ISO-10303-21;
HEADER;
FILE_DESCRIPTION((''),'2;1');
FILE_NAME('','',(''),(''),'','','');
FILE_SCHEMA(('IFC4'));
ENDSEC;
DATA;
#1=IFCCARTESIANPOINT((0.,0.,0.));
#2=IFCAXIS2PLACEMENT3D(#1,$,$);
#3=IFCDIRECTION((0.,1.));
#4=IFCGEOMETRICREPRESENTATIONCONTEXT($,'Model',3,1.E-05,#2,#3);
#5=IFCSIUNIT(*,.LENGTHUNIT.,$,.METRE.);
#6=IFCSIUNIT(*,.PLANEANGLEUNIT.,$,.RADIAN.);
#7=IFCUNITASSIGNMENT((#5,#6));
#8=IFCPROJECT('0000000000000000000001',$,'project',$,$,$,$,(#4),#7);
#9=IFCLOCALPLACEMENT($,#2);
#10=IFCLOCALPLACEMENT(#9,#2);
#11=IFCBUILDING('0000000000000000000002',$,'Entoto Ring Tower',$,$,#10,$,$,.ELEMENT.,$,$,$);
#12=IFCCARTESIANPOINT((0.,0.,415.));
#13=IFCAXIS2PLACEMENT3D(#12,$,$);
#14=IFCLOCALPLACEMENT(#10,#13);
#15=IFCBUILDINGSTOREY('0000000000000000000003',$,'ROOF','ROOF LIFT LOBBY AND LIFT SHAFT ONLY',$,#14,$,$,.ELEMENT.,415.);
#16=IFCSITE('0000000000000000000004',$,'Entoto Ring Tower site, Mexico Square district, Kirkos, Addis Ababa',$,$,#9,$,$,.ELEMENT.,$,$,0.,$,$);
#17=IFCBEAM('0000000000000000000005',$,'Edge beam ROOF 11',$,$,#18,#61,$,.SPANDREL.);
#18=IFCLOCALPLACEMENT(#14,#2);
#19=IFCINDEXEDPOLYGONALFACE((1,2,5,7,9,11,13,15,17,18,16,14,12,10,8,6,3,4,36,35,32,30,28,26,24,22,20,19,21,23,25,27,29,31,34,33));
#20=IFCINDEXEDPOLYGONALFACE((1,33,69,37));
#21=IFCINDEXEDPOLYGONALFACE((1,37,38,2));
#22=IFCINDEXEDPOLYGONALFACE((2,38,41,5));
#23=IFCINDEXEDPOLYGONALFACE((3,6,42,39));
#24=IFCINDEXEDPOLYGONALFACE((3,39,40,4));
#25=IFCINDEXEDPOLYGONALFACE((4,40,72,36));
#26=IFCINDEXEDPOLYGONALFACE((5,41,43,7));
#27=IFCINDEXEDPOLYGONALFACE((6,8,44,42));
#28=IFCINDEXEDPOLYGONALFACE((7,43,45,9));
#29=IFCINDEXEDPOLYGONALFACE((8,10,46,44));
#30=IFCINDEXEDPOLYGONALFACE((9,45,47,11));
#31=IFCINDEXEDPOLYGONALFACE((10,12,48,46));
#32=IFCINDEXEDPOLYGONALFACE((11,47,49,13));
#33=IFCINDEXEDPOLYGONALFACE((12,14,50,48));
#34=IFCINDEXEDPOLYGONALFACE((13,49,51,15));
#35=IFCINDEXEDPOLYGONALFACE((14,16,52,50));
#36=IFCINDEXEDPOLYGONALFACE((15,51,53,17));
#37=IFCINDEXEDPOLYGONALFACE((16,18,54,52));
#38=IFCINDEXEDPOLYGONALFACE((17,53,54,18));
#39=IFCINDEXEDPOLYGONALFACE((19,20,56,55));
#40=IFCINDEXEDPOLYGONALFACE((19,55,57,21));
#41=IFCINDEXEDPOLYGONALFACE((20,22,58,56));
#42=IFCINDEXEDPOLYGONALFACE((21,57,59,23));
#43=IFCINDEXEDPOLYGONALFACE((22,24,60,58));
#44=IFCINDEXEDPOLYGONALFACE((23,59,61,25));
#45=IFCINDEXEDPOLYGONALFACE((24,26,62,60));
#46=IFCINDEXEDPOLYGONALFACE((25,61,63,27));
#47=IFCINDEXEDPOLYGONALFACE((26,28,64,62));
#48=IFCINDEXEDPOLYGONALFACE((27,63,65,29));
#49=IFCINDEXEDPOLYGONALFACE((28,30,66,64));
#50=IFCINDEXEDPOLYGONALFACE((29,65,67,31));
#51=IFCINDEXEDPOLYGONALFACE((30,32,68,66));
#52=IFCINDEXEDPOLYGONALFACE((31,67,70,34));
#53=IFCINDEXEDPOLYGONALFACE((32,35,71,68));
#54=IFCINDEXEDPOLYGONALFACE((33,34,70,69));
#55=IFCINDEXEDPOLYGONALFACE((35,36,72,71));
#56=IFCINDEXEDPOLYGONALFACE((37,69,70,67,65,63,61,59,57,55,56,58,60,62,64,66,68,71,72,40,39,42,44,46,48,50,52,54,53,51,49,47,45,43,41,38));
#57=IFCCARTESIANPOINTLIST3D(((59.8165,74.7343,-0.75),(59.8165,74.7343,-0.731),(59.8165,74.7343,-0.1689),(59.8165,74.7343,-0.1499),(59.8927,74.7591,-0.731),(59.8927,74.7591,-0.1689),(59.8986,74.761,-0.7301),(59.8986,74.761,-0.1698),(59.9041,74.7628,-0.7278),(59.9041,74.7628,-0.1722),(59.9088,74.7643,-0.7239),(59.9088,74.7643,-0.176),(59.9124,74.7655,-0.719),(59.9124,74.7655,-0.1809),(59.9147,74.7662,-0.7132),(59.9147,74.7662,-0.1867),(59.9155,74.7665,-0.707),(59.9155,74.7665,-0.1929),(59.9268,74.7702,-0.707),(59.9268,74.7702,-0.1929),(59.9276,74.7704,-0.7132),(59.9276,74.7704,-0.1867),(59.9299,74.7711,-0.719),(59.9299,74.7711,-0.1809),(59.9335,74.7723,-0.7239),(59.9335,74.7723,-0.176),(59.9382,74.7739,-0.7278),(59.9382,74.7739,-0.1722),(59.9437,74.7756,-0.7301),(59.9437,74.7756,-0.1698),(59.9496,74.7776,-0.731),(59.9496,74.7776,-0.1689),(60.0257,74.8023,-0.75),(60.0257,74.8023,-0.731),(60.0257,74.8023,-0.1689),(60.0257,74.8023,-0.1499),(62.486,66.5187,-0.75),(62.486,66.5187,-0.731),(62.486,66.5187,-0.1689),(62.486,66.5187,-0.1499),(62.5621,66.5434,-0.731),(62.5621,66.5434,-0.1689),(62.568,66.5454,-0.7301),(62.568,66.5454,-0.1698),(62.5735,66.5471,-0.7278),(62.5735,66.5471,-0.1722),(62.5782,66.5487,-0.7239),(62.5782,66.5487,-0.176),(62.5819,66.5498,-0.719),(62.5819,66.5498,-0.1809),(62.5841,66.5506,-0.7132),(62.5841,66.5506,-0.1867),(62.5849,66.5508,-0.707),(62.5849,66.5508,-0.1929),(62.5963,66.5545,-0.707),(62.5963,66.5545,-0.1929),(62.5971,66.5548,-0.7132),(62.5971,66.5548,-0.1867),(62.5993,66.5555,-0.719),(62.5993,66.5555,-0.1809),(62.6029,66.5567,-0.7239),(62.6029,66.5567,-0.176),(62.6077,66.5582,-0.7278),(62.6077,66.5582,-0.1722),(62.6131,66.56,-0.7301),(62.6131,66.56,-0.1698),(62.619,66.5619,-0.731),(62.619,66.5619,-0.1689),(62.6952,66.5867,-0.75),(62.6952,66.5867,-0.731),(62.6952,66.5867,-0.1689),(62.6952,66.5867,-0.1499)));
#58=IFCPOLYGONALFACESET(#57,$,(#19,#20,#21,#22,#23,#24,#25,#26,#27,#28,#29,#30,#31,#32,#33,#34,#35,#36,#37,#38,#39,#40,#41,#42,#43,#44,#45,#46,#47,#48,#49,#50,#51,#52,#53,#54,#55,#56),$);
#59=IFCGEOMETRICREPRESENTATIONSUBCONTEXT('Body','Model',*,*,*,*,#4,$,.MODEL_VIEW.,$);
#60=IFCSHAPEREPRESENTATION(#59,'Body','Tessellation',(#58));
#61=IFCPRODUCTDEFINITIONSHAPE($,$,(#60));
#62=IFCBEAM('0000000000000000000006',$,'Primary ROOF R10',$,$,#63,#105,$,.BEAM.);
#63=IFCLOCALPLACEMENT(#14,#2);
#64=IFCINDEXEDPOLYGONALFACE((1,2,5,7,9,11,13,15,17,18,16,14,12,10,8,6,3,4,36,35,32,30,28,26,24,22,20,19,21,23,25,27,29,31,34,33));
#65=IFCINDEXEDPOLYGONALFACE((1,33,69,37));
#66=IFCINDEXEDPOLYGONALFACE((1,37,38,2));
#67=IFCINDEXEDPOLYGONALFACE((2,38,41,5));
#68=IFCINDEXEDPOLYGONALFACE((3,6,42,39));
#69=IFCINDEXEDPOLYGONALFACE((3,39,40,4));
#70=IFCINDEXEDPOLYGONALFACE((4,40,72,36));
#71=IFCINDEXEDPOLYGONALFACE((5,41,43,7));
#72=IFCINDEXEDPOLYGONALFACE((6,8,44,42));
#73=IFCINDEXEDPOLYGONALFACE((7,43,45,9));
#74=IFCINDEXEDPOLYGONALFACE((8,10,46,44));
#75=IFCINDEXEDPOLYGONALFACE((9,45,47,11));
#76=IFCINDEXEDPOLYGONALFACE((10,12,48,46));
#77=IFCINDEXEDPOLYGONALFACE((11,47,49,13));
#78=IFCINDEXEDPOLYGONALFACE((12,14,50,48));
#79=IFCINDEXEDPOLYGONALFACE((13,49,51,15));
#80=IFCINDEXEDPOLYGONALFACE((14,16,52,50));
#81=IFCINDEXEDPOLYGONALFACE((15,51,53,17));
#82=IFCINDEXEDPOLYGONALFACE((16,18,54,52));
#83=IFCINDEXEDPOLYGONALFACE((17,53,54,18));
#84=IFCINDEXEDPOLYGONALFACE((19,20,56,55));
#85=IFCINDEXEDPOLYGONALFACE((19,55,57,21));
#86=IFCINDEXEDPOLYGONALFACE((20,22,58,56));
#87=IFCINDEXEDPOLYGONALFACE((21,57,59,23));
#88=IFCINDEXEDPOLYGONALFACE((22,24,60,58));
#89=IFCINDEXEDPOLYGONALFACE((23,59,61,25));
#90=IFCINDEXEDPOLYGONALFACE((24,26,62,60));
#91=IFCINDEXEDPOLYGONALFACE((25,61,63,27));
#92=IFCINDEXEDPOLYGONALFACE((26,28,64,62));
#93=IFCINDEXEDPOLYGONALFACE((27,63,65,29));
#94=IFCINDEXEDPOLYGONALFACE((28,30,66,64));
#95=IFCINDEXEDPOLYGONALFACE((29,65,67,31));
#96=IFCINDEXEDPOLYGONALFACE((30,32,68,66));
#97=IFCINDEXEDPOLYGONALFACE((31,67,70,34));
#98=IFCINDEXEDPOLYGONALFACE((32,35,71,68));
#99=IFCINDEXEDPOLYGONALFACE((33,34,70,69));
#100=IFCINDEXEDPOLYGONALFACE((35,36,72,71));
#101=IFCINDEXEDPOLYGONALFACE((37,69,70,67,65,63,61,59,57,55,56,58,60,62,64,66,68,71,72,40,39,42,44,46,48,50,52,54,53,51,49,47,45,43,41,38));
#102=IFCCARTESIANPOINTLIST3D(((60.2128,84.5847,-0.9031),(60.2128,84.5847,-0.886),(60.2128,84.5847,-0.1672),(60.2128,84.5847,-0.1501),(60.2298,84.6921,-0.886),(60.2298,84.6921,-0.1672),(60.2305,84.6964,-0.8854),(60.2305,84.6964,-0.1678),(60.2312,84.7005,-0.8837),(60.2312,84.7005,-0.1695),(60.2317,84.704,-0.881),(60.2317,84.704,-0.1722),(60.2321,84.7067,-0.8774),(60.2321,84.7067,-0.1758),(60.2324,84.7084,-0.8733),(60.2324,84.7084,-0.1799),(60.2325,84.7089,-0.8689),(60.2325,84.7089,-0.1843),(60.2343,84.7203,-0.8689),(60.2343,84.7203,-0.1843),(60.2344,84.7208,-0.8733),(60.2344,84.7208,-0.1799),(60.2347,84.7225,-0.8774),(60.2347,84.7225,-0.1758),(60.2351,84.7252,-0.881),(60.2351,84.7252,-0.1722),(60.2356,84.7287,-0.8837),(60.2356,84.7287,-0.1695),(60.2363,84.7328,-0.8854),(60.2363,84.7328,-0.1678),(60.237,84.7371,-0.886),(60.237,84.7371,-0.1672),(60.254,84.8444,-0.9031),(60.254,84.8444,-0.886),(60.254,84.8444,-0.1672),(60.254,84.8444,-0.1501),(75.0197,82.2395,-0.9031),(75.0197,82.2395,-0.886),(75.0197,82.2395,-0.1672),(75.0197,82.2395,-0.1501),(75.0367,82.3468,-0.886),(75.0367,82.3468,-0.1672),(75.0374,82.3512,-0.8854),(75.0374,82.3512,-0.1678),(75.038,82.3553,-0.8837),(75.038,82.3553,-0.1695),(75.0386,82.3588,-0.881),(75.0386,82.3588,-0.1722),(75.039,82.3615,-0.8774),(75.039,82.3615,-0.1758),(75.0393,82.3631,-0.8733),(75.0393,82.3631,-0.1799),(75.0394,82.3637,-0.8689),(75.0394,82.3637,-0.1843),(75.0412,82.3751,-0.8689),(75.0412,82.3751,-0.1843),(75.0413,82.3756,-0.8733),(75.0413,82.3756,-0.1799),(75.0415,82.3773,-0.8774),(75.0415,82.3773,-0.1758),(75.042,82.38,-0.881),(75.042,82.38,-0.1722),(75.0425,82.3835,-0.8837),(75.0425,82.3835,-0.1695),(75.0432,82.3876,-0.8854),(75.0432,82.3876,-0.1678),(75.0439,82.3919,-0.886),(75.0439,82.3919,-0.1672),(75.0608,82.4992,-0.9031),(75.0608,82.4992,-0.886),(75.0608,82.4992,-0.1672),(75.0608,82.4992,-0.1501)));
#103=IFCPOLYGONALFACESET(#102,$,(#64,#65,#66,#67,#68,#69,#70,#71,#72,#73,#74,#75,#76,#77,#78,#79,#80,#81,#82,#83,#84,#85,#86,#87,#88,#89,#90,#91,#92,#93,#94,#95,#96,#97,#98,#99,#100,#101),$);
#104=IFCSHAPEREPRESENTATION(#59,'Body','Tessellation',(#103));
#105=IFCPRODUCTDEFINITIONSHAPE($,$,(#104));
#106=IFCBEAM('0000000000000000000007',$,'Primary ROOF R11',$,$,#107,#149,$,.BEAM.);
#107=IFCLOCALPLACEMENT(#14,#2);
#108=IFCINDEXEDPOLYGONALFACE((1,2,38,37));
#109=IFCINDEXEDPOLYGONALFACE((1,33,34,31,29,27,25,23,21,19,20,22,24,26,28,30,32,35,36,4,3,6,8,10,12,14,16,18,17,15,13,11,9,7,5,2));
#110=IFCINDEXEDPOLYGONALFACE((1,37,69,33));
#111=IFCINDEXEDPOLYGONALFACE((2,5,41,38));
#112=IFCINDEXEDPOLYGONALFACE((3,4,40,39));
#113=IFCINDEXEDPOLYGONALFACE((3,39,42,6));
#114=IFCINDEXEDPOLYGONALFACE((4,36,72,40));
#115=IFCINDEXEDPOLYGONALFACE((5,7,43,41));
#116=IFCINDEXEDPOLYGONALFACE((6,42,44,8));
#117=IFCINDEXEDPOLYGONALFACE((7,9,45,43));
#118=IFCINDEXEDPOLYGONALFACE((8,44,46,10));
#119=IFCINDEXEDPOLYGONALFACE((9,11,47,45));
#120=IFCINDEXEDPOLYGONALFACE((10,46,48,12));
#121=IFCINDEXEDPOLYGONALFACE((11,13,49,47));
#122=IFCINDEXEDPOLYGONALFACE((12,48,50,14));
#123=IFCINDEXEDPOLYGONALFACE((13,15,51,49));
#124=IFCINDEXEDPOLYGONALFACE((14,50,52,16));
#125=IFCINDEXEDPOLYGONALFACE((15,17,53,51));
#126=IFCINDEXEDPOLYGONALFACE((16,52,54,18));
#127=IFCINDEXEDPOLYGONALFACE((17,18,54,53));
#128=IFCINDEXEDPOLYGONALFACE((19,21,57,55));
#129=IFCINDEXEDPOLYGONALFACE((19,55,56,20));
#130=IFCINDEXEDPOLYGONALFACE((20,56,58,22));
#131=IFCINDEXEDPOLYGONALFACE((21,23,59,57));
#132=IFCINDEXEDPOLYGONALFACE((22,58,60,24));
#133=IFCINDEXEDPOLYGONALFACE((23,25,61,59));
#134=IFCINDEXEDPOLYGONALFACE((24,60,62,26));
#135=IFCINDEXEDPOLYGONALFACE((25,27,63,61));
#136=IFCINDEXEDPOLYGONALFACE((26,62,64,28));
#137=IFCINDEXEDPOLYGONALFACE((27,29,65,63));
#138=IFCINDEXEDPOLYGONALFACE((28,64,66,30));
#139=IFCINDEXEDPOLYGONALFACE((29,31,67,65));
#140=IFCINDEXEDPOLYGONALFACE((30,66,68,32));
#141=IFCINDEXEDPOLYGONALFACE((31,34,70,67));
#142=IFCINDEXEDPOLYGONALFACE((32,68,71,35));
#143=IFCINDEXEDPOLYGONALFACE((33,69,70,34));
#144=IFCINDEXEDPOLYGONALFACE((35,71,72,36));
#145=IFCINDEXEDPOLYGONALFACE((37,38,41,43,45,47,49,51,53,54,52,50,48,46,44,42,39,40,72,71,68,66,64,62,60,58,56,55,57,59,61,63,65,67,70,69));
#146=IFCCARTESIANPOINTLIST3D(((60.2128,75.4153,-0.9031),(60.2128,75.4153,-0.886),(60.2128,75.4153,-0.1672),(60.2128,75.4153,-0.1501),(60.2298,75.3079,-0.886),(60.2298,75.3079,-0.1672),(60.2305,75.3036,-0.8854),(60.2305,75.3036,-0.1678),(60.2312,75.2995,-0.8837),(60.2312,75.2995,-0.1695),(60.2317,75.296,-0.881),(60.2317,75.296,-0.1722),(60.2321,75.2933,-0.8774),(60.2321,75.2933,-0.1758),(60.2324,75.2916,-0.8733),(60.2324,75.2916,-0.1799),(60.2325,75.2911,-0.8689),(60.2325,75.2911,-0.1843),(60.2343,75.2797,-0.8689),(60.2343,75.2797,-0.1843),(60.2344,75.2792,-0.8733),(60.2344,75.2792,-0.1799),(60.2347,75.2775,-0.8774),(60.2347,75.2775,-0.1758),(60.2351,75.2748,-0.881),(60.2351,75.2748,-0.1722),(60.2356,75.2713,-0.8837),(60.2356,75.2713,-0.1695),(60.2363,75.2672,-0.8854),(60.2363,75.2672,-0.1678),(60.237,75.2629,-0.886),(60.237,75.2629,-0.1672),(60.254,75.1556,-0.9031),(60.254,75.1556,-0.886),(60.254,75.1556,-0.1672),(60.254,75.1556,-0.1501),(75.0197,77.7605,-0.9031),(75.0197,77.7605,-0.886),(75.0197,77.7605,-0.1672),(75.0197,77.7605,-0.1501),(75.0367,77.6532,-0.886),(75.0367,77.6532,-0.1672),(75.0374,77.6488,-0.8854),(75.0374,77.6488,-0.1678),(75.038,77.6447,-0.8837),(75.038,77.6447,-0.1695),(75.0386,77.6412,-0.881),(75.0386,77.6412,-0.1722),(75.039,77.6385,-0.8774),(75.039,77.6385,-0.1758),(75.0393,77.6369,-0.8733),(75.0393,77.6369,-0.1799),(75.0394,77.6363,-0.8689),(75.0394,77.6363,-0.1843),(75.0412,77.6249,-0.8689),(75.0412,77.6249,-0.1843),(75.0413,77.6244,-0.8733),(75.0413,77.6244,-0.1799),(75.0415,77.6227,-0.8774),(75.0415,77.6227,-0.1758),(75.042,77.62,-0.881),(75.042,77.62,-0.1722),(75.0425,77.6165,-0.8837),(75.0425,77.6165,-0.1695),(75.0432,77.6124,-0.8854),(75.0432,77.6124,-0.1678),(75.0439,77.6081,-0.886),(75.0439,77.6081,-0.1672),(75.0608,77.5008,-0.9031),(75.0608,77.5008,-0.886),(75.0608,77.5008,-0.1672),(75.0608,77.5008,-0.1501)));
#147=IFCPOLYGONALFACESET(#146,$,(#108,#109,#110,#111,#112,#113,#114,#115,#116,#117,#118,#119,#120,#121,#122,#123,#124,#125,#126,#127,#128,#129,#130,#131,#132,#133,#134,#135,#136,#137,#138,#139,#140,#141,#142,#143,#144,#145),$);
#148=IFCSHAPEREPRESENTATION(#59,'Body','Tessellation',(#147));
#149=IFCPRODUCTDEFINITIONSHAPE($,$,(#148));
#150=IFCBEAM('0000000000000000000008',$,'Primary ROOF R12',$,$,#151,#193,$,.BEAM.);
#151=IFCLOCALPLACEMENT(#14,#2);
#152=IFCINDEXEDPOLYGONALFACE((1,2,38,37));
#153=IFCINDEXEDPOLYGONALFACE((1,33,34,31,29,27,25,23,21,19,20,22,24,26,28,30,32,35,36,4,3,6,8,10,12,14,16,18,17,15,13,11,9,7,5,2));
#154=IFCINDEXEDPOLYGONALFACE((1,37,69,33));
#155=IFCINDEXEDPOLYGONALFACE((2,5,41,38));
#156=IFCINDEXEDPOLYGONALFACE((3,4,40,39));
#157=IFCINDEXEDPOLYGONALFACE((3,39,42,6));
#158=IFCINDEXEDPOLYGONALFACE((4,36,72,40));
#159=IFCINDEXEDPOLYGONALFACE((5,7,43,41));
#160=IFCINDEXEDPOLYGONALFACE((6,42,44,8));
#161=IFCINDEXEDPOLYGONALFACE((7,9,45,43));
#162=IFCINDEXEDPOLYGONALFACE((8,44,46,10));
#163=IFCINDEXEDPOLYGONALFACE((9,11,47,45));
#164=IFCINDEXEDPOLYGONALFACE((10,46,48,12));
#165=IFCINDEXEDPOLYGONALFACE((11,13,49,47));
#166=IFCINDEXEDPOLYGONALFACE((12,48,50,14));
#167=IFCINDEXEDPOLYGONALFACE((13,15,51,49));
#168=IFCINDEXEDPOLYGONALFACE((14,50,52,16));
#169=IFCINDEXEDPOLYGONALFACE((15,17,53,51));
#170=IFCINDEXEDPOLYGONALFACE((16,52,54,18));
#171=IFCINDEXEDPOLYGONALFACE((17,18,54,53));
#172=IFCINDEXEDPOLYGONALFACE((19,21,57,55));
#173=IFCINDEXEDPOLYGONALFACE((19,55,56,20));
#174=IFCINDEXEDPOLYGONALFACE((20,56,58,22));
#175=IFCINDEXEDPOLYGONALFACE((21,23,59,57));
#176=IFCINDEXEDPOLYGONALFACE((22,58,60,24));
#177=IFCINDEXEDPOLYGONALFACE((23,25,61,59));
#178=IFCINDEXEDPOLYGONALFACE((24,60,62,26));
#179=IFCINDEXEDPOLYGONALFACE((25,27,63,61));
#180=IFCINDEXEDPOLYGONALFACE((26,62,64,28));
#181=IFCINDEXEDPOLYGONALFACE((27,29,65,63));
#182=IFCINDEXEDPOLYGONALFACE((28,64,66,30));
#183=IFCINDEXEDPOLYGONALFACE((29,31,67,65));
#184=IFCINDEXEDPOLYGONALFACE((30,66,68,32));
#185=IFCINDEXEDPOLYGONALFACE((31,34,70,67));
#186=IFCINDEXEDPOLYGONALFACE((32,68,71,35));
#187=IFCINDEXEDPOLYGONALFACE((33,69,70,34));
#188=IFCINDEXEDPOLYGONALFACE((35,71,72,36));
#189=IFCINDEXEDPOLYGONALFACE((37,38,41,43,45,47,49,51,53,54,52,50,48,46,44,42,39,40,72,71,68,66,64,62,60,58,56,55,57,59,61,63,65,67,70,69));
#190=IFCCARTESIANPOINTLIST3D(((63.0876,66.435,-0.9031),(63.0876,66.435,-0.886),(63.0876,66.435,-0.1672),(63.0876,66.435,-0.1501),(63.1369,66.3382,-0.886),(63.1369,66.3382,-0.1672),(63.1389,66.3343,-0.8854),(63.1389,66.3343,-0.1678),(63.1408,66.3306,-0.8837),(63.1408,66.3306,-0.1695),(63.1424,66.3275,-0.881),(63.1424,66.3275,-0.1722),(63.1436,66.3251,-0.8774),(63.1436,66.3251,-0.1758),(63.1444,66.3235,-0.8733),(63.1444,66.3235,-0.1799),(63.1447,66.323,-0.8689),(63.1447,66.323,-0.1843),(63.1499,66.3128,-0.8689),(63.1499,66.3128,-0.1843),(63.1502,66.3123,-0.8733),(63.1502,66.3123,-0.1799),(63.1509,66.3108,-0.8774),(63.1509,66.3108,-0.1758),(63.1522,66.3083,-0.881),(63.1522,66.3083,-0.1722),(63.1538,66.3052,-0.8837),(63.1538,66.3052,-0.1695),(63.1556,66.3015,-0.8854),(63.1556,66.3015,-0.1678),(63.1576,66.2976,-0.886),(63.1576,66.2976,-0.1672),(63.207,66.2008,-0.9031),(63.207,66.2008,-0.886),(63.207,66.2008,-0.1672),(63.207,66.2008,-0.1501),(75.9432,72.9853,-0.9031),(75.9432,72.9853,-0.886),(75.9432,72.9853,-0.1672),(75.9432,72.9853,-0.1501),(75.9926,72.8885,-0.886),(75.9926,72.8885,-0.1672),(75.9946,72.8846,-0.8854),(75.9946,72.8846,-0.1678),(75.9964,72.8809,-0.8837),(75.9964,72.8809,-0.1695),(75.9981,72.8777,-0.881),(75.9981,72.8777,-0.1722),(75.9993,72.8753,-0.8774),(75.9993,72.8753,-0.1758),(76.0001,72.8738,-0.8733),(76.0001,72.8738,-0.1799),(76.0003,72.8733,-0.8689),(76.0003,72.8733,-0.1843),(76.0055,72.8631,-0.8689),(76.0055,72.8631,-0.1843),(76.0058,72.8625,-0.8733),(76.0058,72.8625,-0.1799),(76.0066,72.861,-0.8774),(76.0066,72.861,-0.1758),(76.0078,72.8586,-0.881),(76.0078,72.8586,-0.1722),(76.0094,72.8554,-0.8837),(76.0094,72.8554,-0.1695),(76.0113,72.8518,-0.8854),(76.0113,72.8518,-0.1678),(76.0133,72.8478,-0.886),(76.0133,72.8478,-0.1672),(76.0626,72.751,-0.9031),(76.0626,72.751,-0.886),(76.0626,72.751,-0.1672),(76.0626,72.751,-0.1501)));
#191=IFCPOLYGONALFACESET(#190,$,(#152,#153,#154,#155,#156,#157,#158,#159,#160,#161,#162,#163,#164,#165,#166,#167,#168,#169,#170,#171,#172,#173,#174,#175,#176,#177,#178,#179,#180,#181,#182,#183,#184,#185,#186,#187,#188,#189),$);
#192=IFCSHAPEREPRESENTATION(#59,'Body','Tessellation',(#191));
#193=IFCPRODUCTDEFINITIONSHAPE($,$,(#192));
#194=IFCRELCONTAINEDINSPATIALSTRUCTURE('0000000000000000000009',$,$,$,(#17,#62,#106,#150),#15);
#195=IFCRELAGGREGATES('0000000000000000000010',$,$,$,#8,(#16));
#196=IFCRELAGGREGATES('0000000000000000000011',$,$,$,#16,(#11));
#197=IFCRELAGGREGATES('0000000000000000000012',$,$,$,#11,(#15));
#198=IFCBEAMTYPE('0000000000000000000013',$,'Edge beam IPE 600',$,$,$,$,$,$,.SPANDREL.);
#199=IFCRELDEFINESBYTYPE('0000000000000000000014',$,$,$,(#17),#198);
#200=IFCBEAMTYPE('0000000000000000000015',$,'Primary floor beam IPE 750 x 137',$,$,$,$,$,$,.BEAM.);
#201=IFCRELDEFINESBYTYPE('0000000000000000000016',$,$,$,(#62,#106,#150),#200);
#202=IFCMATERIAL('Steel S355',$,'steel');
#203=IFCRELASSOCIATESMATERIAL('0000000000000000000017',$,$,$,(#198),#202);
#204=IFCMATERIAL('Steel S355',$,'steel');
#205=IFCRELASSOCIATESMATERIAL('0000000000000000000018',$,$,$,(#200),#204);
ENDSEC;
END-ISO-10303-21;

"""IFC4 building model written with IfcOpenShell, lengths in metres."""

from ifc_helpers import new_model, si_unit, direction, frame, origin, origin_2d, place, context, subcontext, project, spatial, i_section, extrude, material, material_profile, profile_set, type_object, element, save


model = new_model("IFC4")

# Units and contexts
model_context = context("Model", 3, precision=1e-05, world=origin(), true_north=direction((0.0, 1.0)))
body_context = subcontext(model_context, "Body", "Model", "MODEL_VIEW")
ifc_project = project(units=[si_unit("LENGTHUNIT", "METRE"), si_unit("PLANEANGLEUNIT", "RADIAN")], contexts=[model_context])

# Site, building, storey
site_placement = place(None, origin())
site = spatial("IfcSite", under=ifc_project, at=site_placement, Name="Entoto Ring Tower site, Mexico Square district, Kirkos, Addis Ababa", CompositionType="ELEMENT", RefElevation=0.0)
building_placement = place(site_placement, origin())
building = spatial("IfcBuilding", under=site, at=building_placement, Name="Entoto Ring Tower", CompositionType="ELEMENT")
storey_placement = place(building_placement, frame((0.0, 0.0, 415.0)))
storey = spatial("IfcBuildingStorey", under=building, at=storey_placement, Name="ROOF", Description="ROOF LIFT LOBBY AND LIFT SHAFT ONLY", CompositionType="ELEMENT", Elevation=415.0)

# Beams
ifc_material_1 = material(Name="Steel S355", Category="steel")
ifc_material_profile_1 = material_profile(ifc_material_1, i_section(OverallWidth=0.22, OverallDepth=0.6001, WebThickness=0.012, FlangeThickness=0.019, FilletRadius=0.0239, at=origin_2d()), Name="IPE 600")
ifc_profile_set_1 = profile_set([ifc_material_profile_1], Name="Steel S355")
beam_type_1 = type_object("IfcBeamType", Name="Edge beam IPE 600", PredefinedType="SPANDREL", material=ifc_profile_set_1)
beam_1_placement = place(storey_placement, frame((59.9211, 74.7683, -0.45), z_axis=(0.30902, -0.951055, 0.0), x_axis=(0.951055, 0.30902, 0.0)))
element("IfcBeam", 1, at=beam_1_placement, inside=storey, type_object=beam_type_1, Name="Edge beam ROOF 11", PredefinedType="SPANDREL", context=body_context, shape_type="SweptSolid", body=[
    extrude(i_section(OverallWidth=0.22, OverallDepth=0.6001, WebThickness=0.012, FlangeThickness=0.019, FilletRadius=0.0239, at=origin_2d()), origin(), (0.0, 0.0, 1.0), 8.6384),
])
ifc_material_2 = material(Name="Steel S355", Category="steel")
ifc_material_profile_2 = material_profile(ifc_material_2, i_section(OverallWidth=0.2629, OverallDepth=0.7529, WebThickness=0.0115, FlangeThickness=0.0171, FilletRadius=0.0171, at=origin_2d()), Name="IPE 750 x 137")
ifc_profile_set_2 = profile_set([ifc_material_profile_2], Name="Steel S355")
beam_type_2 = type_object("IfcBeamType", Name="Primary floor beam IPE 750 x 137", PredefinedType="BEAM", material=ifc_profile_set_2)
for number, where, z_axis, x_axis, name in (
    (2, (75.0403, 82.3694, -0.5266), (-0.987688, 0.156437, 0.0), (-0.156437, -0.987688, 0.0), "Primary ROOF R10"),
    (3, (75.0403, 77.6306, -0.5266), (-0.987688, -0.156437, 0.0), (0.156437, -0.987688, 0.0), "Primary ROOF R11"),
):
    element("IfcBeam", number, at=place(storey_placement, frame(where, z_axis=z_axis, x_axis=x_axis)), inside=storey, type_object=beam_type_2, Name=name, PredefinedType="BEAM", context=body_context, shape_type="SweptSolid", body=[
        extrude(i_section(OverallWidth=0.2629, OverallDepth=0.7529, WebThickness=0.0115, FlangeThickness=0.0171, FilletRadius=0.0171, at=origin_2d()), origin(), (0.0, 0.0, 1.0), 14.9915),
    ])
beam_2_placement = place(storey_placement, frame((76.0029, 72.8682, -0.5266), z_axis=(-0.891007, -0.453989, 0.0), x_axis=(0.453989, -0.891007, 0.0)))
element("IfcBeam", 4, at=beam_2_placement, inside=storey, type_object=beam_type_2, Name="Primary ROOF R12", PredefinedType="BEAM", context=body_context, shape_type="SweptSolid", body=[
    extrude(i_section(OverallWidth=0.2629, OverallDepth=0.7529, WebThickness=0.0115, FlangeThickness=0.0171, FilletRadius=0.0171, at=origin_2d()), origin(), (0.0, 0.0, 1.0), 14.4282),
])

save(model, "model.ifc")
